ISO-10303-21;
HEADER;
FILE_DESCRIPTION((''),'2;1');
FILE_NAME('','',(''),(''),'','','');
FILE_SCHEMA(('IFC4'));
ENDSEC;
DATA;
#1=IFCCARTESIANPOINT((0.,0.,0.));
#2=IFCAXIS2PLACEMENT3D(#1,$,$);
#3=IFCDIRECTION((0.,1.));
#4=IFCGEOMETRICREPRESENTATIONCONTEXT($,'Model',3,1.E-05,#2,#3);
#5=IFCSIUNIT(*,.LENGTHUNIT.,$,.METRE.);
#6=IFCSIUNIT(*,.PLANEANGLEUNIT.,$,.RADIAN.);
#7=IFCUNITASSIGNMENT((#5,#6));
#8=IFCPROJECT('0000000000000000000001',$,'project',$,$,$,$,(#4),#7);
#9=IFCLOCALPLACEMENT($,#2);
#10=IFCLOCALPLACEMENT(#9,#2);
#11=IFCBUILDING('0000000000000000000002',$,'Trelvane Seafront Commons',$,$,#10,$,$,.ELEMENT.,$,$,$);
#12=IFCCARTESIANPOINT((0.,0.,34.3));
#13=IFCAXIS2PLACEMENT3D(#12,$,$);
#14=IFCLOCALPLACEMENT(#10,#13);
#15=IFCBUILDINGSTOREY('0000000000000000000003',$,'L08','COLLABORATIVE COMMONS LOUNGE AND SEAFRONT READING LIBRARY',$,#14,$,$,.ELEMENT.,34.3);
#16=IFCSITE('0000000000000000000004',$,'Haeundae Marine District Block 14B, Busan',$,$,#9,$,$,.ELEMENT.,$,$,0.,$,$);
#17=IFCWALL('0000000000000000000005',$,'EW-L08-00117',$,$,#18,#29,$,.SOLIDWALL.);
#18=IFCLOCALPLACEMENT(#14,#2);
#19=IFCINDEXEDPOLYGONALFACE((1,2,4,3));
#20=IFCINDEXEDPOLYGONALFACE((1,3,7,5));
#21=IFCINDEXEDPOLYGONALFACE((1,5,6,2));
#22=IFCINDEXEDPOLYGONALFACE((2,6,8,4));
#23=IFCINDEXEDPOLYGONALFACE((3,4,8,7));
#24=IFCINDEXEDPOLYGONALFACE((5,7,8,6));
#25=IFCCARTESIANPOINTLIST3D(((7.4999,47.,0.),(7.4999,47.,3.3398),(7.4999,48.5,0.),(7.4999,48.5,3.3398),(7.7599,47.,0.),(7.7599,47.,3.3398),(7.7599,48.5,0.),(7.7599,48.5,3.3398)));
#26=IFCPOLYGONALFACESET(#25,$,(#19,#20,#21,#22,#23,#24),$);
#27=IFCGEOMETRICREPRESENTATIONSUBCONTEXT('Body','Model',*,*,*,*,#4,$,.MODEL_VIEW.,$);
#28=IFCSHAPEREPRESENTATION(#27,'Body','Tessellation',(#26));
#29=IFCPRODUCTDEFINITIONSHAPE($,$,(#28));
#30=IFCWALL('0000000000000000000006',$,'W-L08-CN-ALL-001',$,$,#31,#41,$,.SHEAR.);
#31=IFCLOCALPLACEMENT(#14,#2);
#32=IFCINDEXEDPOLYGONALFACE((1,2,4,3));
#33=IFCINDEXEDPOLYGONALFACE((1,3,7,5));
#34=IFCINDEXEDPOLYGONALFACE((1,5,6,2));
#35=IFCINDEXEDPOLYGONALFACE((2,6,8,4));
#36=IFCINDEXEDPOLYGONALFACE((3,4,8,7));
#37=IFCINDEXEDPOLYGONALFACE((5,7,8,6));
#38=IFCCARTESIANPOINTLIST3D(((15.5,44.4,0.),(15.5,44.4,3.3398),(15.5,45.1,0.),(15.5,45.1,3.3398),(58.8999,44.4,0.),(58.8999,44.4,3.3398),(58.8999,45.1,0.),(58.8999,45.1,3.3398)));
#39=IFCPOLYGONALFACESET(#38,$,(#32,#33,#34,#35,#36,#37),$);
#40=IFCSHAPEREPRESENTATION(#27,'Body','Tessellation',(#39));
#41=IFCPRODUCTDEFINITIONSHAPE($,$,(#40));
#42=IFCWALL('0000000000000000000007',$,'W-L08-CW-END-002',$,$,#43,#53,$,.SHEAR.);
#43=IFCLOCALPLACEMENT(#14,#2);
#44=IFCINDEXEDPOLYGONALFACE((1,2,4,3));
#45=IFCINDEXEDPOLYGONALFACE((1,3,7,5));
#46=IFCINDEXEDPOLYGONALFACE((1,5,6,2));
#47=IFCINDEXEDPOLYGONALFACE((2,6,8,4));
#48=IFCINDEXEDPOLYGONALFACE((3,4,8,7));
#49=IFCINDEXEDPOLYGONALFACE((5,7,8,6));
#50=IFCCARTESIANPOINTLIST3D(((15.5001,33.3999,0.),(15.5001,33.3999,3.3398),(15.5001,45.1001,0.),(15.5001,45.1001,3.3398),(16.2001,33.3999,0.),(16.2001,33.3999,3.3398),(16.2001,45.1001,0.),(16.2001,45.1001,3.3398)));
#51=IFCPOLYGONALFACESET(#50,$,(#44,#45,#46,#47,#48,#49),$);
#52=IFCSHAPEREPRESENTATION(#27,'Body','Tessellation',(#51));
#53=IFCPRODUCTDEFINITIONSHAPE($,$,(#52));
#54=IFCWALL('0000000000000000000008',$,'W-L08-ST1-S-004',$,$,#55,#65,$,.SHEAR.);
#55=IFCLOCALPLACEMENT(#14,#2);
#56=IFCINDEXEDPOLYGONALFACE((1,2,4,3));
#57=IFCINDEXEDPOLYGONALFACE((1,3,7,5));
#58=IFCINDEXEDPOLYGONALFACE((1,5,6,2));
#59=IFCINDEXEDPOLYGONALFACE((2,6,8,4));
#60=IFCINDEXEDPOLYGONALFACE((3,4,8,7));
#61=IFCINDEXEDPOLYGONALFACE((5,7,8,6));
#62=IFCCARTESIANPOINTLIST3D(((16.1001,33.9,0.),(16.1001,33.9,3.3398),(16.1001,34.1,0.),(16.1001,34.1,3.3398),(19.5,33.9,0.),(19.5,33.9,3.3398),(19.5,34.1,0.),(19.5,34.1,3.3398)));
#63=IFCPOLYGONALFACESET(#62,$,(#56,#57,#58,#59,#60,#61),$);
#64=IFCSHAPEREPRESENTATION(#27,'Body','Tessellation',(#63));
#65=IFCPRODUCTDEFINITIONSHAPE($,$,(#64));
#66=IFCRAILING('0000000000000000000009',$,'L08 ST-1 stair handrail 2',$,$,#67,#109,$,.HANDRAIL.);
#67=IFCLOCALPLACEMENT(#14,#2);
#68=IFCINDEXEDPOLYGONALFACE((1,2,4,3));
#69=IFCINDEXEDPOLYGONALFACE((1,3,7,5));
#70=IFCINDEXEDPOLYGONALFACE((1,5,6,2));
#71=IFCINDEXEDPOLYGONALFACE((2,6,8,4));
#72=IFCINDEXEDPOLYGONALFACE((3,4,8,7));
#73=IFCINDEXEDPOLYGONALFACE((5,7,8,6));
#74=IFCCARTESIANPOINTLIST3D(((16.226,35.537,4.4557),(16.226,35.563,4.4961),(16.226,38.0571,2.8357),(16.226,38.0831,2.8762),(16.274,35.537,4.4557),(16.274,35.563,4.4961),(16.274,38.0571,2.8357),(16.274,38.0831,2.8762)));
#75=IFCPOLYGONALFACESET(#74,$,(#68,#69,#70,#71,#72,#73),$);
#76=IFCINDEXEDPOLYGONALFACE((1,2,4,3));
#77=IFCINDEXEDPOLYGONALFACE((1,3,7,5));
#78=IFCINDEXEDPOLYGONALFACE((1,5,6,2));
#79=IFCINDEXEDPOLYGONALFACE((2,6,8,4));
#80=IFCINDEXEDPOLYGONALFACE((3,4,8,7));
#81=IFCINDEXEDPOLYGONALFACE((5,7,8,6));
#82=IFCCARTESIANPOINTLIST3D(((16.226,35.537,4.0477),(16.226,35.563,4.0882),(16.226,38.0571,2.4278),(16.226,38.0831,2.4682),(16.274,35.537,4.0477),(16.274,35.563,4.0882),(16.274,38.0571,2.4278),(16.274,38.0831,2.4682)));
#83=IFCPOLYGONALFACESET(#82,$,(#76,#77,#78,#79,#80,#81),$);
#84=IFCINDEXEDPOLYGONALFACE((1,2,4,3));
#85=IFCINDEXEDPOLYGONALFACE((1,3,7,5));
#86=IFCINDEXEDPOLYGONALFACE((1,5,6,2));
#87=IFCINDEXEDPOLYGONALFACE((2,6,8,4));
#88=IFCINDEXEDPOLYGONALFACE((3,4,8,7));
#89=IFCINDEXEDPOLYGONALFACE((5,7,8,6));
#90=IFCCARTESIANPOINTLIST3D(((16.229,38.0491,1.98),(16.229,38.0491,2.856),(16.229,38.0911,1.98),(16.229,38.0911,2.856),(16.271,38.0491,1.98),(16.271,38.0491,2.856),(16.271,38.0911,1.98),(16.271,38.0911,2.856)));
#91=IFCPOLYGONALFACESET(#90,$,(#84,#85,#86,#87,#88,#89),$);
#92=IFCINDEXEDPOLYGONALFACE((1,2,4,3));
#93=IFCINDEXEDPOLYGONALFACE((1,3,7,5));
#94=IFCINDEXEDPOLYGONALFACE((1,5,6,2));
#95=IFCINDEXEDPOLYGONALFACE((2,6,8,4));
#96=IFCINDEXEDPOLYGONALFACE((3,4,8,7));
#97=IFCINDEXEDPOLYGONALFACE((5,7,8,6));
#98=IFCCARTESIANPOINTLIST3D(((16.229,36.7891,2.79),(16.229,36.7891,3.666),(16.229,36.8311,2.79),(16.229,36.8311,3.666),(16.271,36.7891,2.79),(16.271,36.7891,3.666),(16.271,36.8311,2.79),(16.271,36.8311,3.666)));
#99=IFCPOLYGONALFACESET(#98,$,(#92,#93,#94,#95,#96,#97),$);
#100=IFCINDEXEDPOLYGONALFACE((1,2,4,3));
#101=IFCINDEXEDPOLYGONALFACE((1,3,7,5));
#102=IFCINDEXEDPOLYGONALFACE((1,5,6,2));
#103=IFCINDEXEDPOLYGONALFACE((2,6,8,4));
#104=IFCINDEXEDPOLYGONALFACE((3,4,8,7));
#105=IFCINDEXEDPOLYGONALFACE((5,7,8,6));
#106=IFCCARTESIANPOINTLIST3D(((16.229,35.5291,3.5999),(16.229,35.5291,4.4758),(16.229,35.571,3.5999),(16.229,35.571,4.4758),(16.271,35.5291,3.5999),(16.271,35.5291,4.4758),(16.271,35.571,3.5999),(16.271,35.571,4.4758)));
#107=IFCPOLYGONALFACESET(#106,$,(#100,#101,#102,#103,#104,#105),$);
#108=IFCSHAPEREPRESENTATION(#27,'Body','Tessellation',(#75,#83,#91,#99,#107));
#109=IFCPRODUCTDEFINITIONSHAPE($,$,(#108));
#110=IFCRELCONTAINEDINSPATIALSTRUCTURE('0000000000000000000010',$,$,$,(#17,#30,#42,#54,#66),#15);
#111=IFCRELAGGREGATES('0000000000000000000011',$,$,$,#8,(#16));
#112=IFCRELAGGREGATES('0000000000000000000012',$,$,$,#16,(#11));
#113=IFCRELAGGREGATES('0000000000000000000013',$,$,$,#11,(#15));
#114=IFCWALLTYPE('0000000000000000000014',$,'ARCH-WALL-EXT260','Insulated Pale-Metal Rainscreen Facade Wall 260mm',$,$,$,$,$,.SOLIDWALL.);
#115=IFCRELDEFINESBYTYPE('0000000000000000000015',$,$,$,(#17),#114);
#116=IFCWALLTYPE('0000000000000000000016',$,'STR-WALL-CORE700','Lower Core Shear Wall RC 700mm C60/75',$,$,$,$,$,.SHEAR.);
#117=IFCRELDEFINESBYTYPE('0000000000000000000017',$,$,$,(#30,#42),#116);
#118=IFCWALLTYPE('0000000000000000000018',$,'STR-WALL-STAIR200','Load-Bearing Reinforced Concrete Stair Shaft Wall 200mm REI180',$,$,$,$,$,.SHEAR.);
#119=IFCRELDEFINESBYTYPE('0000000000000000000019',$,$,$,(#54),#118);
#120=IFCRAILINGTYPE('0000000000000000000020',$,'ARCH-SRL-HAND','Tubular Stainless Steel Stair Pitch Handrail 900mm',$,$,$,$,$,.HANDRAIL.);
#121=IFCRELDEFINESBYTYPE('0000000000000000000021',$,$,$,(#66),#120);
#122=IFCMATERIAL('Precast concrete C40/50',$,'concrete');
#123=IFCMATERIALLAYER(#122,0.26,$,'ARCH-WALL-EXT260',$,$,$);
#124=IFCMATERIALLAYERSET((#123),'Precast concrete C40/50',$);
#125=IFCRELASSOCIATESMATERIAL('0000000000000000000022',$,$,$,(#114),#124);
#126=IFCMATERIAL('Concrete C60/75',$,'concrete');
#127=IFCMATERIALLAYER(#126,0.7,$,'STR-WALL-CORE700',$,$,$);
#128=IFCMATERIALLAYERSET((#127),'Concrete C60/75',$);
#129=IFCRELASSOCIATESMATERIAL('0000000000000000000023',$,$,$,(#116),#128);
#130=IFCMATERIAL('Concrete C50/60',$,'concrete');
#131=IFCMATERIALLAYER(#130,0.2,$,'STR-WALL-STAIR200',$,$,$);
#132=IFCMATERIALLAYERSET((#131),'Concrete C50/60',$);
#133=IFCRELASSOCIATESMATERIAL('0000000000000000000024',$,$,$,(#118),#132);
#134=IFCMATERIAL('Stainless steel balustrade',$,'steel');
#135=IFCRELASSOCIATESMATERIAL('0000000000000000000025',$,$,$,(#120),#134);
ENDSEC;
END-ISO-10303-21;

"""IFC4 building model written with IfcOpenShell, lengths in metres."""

from ifc_helpers import new_model, si_unit, direction, frame, frame_2d, origin, origin_2d, place, context, subcontext, project, spatial, rectangle, extrude, material, layer, layer_set, type_object, element, save


model = new_model("IFC4")

# Units and contexts
model_context = context("Model", 3, precision=1e-05, world=origin(), true_north=direction((0.0, 1.0)))
body_context = subcontext(model_context, "Body", "Model", "MODEL_VIEW")
ifc_project = project(units=[si_unit("LENGTHUNIT", "METRE"), si_unit("PLANEANGLEUNIT", "RADIAN")], contexts=[model_context])

# Site, building, storey
site_placement = place(None, origin())
site = spatial("IfcSite", under=ifc_project, at=site_placement, Name="Haeundae Marine District Block 14B, Busan", CompositionType="ELEMENT", RefElevation=0.0)
building_placement = place(site_placement, origin())
building = spatial("IfcBuilding", under=site, at=building_placement, Name="Trelvane Seafront Commons", CompositionType="ELEMENT")
storey_placement = place(building_placement, frame((0.0, 0.0, 34.3)))
storey = spatial("IfcBuildingStorey", under=building, at=storey_placement, Name="L08", Description="COLLABORATIVE COMMONS LOUNGE AND SEAFRONT READING LIBRARY", CompositionType="ELEMENT", Elevation=34.3)

# Shared definitions
ifc_material_1 = material(Name="Concrete C60/75", Category="concrete")

# Shared definitions
ifc_material_2 = material(Name="Precast concrete C40/50", Category="concrete")
ifc_layer_1 = layer(ifc_material_2, 0.26, Name="ARCH-WALL-EXT260")
ifc_layer_set_1 = layer_set([ifc_layer_1], Name="Precast concrete C40/50")
wall_type_1 = type_object("IfcWallType", Name="ARCH-WALL-EXT260", Description="Insulated Pale-Metal Rainscreen Facade Wall 260mm", PredefinedType="SOLIDWALL", material=ifc_layer_set_1)

# Wall
for number, where, z_axis, x_axis, name in (
    (1, (7.6299, 47.0, 0.0), (0.0, 0.0, 1.0), (0.0, 1.0, 0.0), "EW-L08-00117"),
):
    element("IfcWall", number, at=place(storey_placement, frame(where, z_axis=z_axis, x_axis=x_axis)), inside=storey, type_object=wall_type_1, Name=name, PredefinedType="SOLIDWALL", context=body_context, shape_type="SweptSolid", body=[
        extrude(rectangle(XDim=1.5, YDim=0.26, at=frame_2d((0.75, 0.0))), origin(), (0.0, 0.0, 1.0), 3.3398),
    ])

# Walls
ifc_layer_2 = layer(ifc_material_1, 0.7, Name="STR-WALL-CORE700")
ifc_layer_set_2 = layer_set([ifc_layer_2], Name="Concrete C60/75")
wall_type_2 = type_object("IfcWallType", Name="STR-WALL-CORE700", Description="Lower Core Shear Wall RC 700mm C60/75", PredefinedType="SHEAR", material=ifc_layer_set_2)
wall_1_placement = place(storey_placement, frame((15.5, 44.75, 0.0), z_axis=(0.0, 0.0, 1.0), x_axis=(1.0, 0.0, 0.0)))
element("IfcWall", 2, at=wall_1_placement, inside=storey, type_object=wall_type_2, Name="W-L08-CN-ALL-001", PredefinedType="SHEAR", context=body_context, shape_type="SweptSolid", body=[
    extrude(rectangle(XDim=43.3999, YDim=0.7, at=frame_2d((21.7, 0.0))), origin(), (0.0, 0.0, 1.0), 3.3398),
])
wall_2_placement = place(storey_placement, frame((15.8501, 33.3999, 0.0), z_axis=(0.0, 0.0, 1.0), x_axis=(0.0, 1.0, 0.0)))
element("IfcWall", 3, at=wall_2_placement, inside=storey, type_object=wall_type_2, Name="W-L08-CW-END-002", PredefinedType="SHEAR", context=body_context, shape_type="SweptSolid", body=[
    extrude(rectangle(XDim=11.7002, YDim=0.7, at=frame_2d((5.8501, 0.0))), origin(), (0.0, 0.0, 1.0), 3.3398),
])
ifc_material_3 = material(Name="Concrete C50/60", Category="concrete")
ifc_layer_3 = layer(ifc_material_3, 0.2, Name="STR-WALL-STAIR200")
ifc_layer_set_3 = layer_set([ifc_layer_3], Name="Concrete C50/60")
wall_type_3 = type_object("IfcWallType", Name="STR-WALL-STAIR200", Description="Load-Bearing Reinforced Concrete Stair Shaft Wall 200mm REI180", PredefinedType="SHEAR", material=ifc_layer_set_3)
wall_3_placement = place(storey_placement, frame((16.1001, 34.0, 0.0), z_axis=(0.0, 0.0, 1.0), x_axis=(1.0, 0.0, 0.0)))
element("IfcWall", 4, at=wall_3_placement, inside=storey, type_object=wall_type_3, Name="W-L08-ST1-S-004", PredefinedType="SHEAR", context=body_context, shape_type="SweptSolid", body=[
    extrude(rectangle(XDim=3.3999, YDim=0.2, at=frame_2d((1.7, 0.0))), origin(), (0.0, 0.0, 1.0), 3.3398),
])

# Railing
ifc_material_4 = material(Name="Stainless steel balustrade", Category="steel")
railing_type = type_object("IfcRailingType", Name="ARCH-SRL-HAND", Description="Tubular Stainless Steel Stair Pitch Handrail 900mm", PredefinedType="HANDRAIL", material=ifc_material_4)
railing_placement = place(storey_placement, frame((16.25, 38.0701, 1.98)))
element("IfcRailing", 5, at=railing_placement, inside=storey, type_object=railing_type, Name="L08 ST-1 stair handrail 2", PredefinedType="HANDRAIL", context=body_context, shape_type="SweptSolid", body=[
    extrude(rectangle(XDim=0.0481, YDim=0.0481, at=origin_2d()), frame((0.0, 0.0, 0.876), z_axis=(0.0, -0.8412, 0.540725), x_axis=(1.0, 0.0, 0.0)), (0.0, 0.0, 1.0), 2.9958),
    extrude(rectangle(XDim=0.0481, YDim=0.0481, at=origin_2d()), frame((0.0, 0.0, 0.468), z_axis=(0.0, -0.8412, 0.540725), x_axis=(1.0, 0.0, 0.0)), (0.0, 0.0, 1.0), 2.9958),
    extrude(rectangle(XDim=0.042, YDim=0.042, at=origin_2d()), origin(), (0.0, 0.0, 1.0), 0.876),
    extrude(rectangle(XDim=0.042, YDim=0.042, at=origin_2d()), frame((0.0, -1.26, 0.8101)), (0.0, 0.0, 1.0), 0.876),
    extrude(rectangle(XDim=0.042, YDim=0.042, at=origin_2d()), frame((0.0, -2.52, 1.6199)), (0.0, 0.0, 1.0), 0.876),
])

save(model, "model.ifc")
